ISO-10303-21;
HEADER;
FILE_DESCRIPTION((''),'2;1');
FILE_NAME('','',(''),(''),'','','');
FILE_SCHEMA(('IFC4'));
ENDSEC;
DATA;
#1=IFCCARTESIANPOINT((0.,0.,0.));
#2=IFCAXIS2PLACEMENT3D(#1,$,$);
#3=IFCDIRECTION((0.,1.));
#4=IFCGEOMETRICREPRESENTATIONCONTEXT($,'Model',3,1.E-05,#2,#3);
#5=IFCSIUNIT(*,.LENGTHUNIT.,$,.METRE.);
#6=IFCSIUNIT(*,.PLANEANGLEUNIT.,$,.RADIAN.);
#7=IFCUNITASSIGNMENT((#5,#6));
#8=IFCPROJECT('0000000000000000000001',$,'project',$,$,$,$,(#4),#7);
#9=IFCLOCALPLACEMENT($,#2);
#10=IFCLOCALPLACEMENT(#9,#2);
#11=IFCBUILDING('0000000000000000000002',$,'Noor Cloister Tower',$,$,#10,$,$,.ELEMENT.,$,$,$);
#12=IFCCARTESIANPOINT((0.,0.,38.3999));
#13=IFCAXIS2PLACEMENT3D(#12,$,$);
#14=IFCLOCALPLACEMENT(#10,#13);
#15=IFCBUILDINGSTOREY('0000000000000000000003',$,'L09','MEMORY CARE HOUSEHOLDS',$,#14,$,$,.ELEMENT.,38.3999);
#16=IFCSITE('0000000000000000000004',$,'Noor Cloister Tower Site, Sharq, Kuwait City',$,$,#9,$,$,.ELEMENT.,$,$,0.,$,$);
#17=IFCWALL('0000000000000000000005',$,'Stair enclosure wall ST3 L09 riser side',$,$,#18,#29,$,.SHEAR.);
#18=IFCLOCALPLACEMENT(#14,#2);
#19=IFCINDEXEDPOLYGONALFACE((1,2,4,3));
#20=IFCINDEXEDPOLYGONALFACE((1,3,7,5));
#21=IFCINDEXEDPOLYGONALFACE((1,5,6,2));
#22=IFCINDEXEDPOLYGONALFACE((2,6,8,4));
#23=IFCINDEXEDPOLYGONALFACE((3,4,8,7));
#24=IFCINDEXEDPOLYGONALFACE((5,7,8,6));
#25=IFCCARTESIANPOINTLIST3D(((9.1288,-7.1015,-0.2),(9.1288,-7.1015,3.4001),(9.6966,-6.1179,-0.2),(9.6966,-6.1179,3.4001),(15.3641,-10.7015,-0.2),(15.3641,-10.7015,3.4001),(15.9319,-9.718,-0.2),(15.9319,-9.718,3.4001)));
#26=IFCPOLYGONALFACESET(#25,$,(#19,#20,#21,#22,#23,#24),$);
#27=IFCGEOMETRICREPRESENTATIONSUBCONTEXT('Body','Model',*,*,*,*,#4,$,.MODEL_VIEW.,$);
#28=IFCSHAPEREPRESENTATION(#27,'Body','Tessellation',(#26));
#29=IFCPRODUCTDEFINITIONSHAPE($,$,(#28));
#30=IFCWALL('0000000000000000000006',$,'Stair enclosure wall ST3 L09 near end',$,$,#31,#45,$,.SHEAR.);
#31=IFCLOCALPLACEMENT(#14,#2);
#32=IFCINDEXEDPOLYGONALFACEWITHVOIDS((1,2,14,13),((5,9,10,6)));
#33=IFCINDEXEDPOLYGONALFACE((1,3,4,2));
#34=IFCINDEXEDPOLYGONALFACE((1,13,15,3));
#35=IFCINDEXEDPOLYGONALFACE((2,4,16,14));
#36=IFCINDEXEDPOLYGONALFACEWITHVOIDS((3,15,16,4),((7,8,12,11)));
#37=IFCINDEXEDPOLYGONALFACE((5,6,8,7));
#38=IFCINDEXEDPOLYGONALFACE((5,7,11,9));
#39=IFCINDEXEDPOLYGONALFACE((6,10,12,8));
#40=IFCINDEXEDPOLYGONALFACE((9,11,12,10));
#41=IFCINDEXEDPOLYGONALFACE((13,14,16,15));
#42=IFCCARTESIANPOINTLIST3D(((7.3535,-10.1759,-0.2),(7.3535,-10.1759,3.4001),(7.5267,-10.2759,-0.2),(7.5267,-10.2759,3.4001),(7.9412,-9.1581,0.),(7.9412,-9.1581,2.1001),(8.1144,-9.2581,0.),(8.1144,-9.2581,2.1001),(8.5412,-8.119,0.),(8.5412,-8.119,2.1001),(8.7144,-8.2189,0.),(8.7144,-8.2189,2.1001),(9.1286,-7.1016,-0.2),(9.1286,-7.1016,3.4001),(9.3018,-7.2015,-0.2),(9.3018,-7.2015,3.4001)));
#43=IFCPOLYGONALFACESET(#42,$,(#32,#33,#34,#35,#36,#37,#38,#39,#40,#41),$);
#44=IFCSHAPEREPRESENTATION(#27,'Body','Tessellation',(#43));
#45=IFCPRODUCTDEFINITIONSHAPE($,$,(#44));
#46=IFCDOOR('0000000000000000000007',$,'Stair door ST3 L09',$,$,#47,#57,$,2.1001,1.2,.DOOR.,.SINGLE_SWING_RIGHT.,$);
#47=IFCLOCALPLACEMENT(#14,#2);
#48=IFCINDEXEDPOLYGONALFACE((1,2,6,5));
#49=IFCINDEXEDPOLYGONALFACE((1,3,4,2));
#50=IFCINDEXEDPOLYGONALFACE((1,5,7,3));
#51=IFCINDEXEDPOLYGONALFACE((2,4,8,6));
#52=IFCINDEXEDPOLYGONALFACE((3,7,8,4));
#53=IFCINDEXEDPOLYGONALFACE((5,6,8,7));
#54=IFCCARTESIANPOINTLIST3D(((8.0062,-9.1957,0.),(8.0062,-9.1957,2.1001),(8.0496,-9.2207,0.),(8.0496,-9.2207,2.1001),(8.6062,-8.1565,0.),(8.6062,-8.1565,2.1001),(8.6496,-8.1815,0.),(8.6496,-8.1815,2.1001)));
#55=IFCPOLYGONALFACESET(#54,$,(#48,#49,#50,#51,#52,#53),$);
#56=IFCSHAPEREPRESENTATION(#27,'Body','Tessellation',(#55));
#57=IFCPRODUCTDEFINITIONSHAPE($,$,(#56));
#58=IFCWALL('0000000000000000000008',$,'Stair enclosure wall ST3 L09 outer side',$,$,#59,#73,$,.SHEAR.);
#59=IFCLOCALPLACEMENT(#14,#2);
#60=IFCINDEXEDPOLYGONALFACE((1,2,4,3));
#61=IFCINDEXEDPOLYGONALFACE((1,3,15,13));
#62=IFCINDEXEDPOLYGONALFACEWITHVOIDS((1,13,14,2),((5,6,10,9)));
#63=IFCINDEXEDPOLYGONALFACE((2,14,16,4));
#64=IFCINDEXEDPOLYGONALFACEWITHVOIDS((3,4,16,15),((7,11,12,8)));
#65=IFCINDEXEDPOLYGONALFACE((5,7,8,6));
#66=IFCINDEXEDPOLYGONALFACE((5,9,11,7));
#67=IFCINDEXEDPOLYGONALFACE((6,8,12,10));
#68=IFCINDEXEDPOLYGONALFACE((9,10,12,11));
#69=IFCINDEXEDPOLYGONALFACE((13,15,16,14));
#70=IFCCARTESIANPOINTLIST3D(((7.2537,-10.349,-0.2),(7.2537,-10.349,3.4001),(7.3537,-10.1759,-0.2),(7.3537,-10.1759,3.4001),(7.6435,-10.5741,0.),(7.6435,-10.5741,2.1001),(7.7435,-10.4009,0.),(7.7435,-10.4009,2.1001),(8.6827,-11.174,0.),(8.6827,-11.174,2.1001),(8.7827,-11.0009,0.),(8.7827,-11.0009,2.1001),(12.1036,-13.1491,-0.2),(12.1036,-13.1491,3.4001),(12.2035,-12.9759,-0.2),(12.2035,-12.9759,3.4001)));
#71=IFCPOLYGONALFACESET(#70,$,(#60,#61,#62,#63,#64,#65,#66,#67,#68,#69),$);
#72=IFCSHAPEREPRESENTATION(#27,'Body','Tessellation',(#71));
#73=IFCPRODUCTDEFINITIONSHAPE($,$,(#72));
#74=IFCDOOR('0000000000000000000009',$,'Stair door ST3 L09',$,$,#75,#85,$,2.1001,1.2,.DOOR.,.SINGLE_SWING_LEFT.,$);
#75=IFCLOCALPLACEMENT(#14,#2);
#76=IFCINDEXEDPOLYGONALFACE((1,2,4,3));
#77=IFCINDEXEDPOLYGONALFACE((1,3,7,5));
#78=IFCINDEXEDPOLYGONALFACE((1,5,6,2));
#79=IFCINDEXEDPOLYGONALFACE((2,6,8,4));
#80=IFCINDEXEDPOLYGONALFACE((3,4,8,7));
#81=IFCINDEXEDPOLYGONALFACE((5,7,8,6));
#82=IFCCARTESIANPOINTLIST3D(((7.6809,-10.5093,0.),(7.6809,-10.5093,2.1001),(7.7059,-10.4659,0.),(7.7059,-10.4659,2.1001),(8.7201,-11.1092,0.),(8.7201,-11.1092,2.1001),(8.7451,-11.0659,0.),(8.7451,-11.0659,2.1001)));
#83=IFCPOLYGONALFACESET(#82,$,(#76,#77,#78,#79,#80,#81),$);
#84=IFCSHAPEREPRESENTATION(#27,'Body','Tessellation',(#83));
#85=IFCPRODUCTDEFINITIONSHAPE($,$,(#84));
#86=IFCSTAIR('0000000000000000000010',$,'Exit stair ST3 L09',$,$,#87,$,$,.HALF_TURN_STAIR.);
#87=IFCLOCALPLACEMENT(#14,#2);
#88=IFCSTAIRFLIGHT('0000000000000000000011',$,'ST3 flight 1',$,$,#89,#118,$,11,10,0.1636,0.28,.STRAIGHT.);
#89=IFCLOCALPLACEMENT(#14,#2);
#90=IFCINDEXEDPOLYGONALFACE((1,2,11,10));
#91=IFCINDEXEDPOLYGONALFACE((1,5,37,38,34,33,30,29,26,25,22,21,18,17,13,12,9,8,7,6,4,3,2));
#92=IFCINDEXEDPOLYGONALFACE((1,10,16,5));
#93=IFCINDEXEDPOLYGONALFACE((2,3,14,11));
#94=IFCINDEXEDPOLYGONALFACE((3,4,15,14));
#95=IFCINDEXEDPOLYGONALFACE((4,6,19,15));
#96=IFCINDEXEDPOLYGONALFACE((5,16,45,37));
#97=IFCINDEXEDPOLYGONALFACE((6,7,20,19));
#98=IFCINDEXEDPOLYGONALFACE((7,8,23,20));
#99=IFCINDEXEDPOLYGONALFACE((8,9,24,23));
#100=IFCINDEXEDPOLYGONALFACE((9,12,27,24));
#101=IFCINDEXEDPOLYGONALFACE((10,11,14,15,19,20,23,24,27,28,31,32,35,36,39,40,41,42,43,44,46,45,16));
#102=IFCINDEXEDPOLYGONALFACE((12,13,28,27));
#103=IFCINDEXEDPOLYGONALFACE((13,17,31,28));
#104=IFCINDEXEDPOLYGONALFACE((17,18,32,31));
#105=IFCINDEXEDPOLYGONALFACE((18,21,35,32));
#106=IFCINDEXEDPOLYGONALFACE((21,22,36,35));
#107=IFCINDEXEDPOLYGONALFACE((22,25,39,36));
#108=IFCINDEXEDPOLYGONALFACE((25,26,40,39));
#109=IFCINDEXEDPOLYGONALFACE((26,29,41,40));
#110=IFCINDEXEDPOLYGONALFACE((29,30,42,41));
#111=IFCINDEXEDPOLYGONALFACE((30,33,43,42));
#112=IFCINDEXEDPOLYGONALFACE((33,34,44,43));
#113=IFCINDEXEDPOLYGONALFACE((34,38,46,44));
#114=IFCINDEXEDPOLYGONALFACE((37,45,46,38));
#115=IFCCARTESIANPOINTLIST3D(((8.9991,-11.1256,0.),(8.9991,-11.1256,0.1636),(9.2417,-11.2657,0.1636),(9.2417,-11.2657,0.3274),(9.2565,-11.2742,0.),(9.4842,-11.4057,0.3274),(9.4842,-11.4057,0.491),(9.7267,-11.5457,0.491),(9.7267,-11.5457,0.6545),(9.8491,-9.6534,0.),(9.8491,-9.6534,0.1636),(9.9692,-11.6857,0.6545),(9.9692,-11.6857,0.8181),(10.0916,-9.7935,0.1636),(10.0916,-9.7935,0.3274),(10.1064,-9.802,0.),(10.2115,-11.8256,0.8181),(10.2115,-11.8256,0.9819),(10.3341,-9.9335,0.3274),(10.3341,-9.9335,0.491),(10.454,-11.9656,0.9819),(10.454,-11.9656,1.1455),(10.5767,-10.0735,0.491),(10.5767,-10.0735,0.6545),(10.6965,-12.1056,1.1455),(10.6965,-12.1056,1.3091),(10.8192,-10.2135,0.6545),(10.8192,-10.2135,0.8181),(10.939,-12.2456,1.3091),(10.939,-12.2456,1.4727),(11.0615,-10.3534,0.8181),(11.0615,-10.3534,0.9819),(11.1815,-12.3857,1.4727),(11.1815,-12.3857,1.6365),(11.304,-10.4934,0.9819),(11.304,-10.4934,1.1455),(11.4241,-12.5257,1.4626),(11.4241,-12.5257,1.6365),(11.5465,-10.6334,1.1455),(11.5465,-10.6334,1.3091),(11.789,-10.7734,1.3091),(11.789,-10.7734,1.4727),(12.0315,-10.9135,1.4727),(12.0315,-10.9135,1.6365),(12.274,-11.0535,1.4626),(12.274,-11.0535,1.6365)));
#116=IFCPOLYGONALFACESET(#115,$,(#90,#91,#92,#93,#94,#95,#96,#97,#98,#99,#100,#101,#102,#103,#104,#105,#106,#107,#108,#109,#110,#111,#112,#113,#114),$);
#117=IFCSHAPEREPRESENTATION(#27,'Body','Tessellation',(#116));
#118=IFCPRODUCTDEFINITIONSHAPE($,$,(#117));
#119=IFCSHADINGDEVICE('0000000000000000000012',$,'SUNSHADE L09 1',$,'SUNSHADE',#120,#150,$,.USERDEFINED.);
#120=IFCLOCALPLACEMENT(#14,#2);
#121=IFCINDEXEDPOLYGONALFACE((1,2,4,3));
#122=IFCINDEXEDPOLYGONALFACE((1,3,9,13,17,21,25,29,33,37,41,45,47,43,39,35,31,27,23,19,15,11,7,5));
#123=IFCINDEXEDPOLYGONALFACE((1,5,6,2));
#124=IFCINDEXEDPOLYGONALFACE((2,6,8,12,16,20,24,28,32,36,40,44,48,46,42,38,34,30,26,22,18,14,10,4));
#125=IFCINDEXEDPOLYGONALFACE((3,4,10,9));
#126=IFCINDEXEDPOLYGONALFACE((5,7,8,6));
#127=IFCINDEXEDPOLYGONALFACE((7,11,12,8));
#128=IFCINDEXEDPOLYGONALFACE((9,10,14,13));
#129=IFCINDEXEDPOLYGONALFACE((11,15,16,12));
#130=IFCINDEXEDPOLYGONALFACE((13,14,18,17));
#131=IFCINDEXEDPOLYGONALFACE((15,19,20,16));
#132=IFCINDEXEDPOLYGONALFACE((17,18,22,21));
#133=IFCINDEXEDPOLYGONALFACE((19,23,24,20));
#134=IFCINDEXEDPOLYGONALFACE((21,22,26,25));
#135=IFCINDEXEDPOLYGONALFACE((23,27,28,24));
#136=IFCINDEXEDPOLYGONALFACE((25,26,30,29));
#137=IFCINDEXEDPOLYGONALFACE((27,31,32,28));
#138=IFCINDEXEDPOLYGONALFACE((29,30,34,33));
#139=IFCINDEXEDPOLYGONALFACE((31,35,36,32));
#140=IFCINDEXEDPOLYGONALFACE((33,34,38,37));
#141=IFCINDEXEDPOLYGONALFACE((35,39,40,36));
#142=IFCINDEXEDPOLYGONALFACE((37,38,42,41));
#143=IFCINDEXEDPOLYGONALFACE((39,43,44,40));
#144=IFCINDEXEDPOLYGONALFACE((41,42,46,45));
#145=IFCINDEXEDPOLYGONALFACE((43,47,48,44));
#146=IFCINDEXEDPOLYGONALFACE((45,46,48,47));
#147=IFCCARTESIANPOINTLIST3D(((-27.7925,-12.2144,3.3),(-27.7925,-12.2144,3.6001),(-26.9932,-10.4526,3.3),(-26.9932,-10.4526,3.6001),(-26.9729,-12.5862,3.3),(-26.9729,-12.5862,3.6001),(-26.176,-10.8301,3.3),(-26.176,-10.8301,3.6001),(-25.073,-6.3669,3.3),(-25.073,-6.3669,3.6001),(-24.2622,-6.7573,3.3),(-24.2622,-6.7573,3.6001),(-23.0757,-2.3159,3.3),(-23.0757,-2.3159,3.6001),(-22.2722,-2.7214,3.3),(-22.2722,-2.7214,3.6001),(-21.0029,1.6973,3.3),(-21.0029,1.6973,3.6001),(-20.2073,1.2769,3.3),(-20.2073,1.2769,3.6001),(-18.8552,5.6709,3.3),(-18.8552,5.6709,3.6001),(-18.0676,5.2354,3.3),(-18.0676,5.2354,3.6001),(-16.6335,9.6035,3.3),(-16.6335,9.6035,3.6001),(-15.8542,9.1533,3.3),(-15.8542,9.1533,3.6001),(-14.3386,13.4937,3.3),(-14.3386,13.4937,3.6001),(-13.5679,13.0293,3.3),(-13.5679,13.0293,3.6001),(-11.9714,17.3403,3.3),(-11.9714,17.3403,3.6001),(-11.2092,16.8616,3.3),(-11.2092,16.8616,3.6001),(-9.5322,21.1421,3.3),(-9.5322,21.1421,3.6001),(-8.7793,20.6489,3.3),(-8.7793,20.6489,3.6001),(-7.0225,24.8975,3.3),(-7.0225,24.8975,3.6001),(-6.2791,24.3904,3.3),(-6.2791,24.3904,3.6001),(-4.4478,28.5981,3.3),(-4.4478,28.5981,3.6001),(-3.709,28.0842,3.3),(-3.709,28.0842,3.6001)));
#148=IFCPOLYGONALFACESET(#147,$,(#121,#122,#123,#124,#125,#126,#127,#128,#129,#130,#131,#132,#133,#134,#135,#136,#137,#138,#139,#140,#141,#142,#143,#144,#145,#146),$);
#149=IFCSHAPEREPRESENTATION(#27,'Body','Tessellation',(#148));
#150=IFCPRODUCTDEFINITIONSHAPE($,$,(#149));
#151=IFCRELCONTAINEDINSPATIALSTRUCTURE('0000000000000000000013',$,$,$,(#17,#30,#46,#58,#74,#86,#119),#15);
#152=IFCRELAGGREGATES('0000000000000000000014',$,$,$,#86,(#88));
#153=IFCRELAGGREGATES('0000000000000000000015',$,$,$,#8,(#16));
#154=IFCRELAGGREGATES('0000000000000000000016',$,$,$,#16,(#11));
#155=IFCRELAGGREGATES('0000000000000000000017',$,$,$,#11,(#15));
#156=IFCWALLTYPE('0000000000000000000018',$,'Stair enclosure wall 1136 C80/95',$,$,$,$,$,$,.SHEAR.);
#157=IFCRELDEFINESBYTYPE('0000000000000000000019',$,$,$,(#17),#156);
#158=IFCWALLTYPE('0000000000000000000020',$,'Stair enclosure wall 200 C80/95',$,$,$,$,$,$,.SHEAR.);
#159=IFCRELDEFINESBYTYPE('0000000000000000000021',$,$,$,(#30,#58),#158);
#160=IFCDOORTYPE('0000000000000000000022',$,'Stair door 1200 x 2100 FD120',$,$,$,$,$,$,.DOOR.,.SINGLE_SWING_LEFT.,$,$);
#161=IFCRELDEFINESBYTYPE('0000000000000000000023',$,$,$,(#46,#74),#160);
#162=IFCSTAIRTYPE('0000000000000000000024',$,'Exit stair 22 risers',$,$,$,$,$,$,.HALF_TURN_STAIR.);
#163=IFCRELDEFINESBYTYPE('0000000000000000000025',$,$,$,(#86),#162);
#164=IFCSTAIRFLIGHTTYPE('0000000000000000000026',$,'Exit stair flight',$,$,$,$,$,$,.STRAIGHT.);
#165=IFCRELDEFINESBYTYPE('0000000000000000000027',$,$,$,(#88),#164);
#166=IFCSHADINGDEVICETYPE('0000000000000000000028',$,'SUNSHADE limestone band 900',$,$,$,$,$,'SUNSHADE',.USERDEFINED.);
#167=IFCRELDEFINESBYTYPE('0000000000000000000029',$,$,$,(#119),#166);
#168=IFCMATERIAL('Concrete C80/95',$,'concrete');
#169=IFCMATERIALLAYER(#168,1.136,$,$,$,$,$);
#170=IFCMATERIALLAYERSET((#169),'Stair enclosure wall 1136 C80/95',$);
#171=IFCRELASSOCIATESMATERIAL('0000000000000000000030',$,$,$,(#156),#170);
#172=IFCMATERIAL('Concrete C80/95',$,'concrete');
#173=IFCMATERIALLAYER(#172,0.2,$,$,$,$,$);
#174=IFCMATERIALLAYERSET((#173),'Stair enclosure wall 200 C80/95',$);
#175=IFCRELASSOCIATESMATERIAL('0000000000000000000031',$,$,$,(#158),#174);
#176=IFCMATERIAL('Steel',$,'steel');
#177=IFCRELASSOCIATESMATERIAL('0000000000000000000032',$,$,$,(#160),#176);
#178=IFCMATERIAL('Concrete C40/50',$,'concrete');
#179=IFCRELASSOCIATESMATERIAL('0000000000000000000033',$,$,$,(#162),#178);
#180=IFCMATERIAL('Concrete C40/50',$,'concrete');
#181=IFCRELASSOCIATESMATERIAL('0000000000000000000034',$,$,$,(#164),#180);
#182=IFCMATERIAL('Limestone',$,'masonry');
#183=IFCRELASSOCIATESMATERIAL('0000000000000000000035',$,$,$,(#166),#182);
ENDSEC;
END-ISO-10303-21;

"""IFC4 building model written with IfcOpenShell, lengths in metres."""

from ifc_helpers import new_model, si_unit, direction, frame, frame_2d, origin, place, context, subcontext, project, spatial, polyline, rectangle, outline, extrude, material, layer, layer_set, type_object, element, fill, aggregate, save


model = new_model("IFC4")

# Units and contexts
model_context = context("Model", 3, precision=1e-05, world=origin(), true_north=direction((0.0, 1.0)))
body_context = subcontext(model_context, "Body", "Model", "MODEL_VIEW")
ifc_project = project(units=[si_unit("LENGTHUNIT", "METRE"), si_unit("PLANEANGLEUNIT", "RADIAN")], contexts=[model_context])

# Site, building, storey
site_placement = place(None, origin())
site = spatial("IfcSite", under=ifc_project, at=site_placement, Name="Noor Cloister Tower Site, Sharq, Kuwait City", CompositionType="ELEMENT", RefElevation=0.0)
building_placement = place(site_placement, origin())
building = spatial("IfcBuilding", under=site, at=building_placement, Name="Noor Cloister Tower", CompositionType="ELEMENT")
storey_placement = place(building_placement, frame((0.0, 0.0, 38.3999)))
storey = spatial("IfcBuildingStorey", under=building, at=storey_placement, Name="L09", Description="MEMORY CARE HOUSEHOLDS", CompositionType="ELEMENT", Elevation=38.3999)

# Wall
ifc_material_1 = material(Name="Concrete C80/95", Category="concrete")
ifc_layer_1 = layer(ifc_material_1, 1.136)
ifc_layer_set_1 = layer_set([ifc_layer_1], Name="Stair enclosure wall 1136 C80/95")
wall_type_1 = type_object("IfcWallType", Name="Stair enclosure wall 1136 C80/95", PredefinedType="SHEAR", material=ifc_layer_set_1)
wall_1_placement = place(storey_placement, frame((9.4126, -6.6096, -0.2), z_axis=(0.0, 0.0, 1.0), x_axis=(0.866018, -0.500012, 0.0)))
element("IfcWall", 1, at=wall_1_placement, inside=storey, type_object=wall_type_1, Name="Stair enclosure wall ST3 L09 riser side", PredefinedType="SHEAR", context=body_context, shape_type="SweptSolid", body=[
    extrude(rectangle(XDim=7.2, YDim=1.1357, at=frame_2d((3.6001, 0.0))), origin(), (0.0, 0.0, 1.0), 3.6001),
])

# Walls, openings, doors
ifc_material_2 = material(Name="Concrete C80/95", Category="concrete")
ifc_layer_2 = layer(ifc_material_2, 0.2)
ifc_layer_set_2 = layer_set([ifc_layer_2], Name="Stair enclosure wall 200 C80/95")
wall_type_2 = type_object("IfcWallType", Name="Stair enclosure wall 200 C80/95", PredefinedType="SHEAR", material=ifc_layer_set_2)
wall_2_placement = place(storey_placement, frame((7.4402, -10.2258, -0.2), z_axis=(0.0, 0.0, 1.0), x_axis=(0.500022, 0.866013, 0.0)))
wall_2 = element("IfcWall", 2, at=wall_2_placement, inside=storey, type_object=wall_type_2, Name="Stair enclosure wall ST3 L09 near end", PredefinedType="SHEAR", context=body_context, shape_type="SweptSolid", body=[
    extrude(rectangle(XDim=3.55, YDim=0.2, at=frame_2d((1.7749, 0.0))), origin(), (0.0, 0.0, 1.0), 3.6001),
])
opening_1_placement = place(wall_2_placement, frame((1.175, 0.0, 0.2)))
opening_1 = element("IfcOpeningElement", 3, at=opening_1_placement, cuts=wall_2, PredefinedType="OPENING", context=body_context, shape_type="SweptSolid", body=[
    extrude(rectangle(XDim=1.2, YDim=2.1001, at=frame_2d((0.6001, 1.05))), frame((0.0, 0.1099, 0.0), z_axis=(0.0, -1.0, 0.0), x_axis=(1.0, 0.0, 0.0)), (0.0, 0.0, 1.0), 0.22),
])
ifc_material_3 = material(Name="Steel", Category="steel")
door_type_1 = type_object("IfcDoorType", Name="Stair door 1200 x 2100 FD120", OperationType="SINGLE_SWING_LEFT", PredefinedType="DOOR", material=ifc_material_3)
door_1_placement = place(opening_1_placement, origin())
door_1 = element("IfcDoor", 4, at=door_1_placement, inside=storey, type_object=door_type_1, Name="Stair door ST3 L09", OperationType="SINGLE_SWING_RIGHT", OverallHeight=2.1001, OverallWidth=1.2, PredefinedType="DOOR", context=body_context, shape_type="SweptSolid", body=[
    extrude(rectangle(XDim=1.2, YDim=2.1001, at=frame_2d((0.6001, 1.05))), frame((0.0, 0.0249, 0.0), z_axis=(0.0, -1.0, 0.0), x_axis=(1.0, 0.0, 0.0)), (0.0, 0.0, 1.0), 0.05),
])
fill(opening_1, door_1)
wall_3_placement = place(storey_placement, frame((7.3037, -10.2625, -0.2), z_axis=(0.0, 0.0, 1.0), x_axis=(0.866027, -0.499998, 0.0)))
wall_3 = element("IfcWall", 5, at=wall_3_placement, inside=storey, type_object=wall_type_2, Name="Stair enclosure wall ST3 L09 outer side", PredefinedType="SHEAR", context=body_context, shape_type="SweptSolid", body=[
    extrude(rectangle(XDim=5.6001, YDim=0.2, at=frame_2d((2.8, 0.0))), origin(), (0.0, 0.0, 1.0), 3.6001),
])
opening_2_placement = place(wall_3_placement, frame((0.45, 0.0, 0.2)))
opening_2 = element("IfcOpeningElement", 6, at=opening_2_placement, cuts=wall_3, PredefinedType="OPENING", context=body_context, shape_type="SweptSolid", body=[
    extrude(rectangle(XDim=1.2, YDim=2.1001, at=frame_2d((0.6001, 1.05))), frame((0.0, 0.1099, 0.0), z_axis=(0.0, -1.0, 0.0), x_axis=(1.0, 0.0, 0.0)), (0.0, 0.0, 1.0), 0.22),
])
door_2_placement = place(opening_2_placement, origin())
door_2 = element("IfcDoor", 7, at=door_2_placement, inside=storey, type_object=door_type_1, Name="Stair door ST3 L09", OperationType="SINGLE_SWING_LEFT", OverallHeight=2.1001, OverallWidth=1.2, PredefinedType="DOOR", context=body_context, shape_type="SweptSolid", body=[
    extrude(rectangle(XDim=1.2, YDim=2.1001, at=frame_2d((0.6001, 1.05))), frame((0.0, 0.0249, 0.0), z_axis=(0.0, -1.0, 0.0), x_axis=(1.0, 0.0, 0.0)), (0.0, 0.0, 1.0), 0.05),
])
fill(opening_2, door_2)

# Stair, stair flight
ifc_material_4 = material(Name="Concrete C40/50", Category="concrete")
stair_type = type_object("IfcStairType", Name="Exit stair 22 risers", PredefinedType="HALF_TURN_STAIR", material=ifc_material_4)
stair_placement = place(storey_placement, origin())
stair = element("IfcStair", 8, at=stair_placement, inside=storey, type_object=stair_type, Name="Exit stair ST3 L09", PredefinedType="HALF_TURN_STAIR")
ifc_material_5 = material(Name="Concrete C40/50", Category="concrete")
stair_flight_type = type_object("IfcStairFlightType", Name="Exit stair flight", PredefinedType="STRAIGHT", material=ifc_material_5)
stair_flight_placement = place(storey_placement, frame((9.4241, -10.3896, 0.0), z_axis=(0.0, 0.0, 1.0), x_axis=(0.866025, -0.5, 0.0)))
stair_flight = element("IfcStairFlight", 9, at=stair_flight_placement, type_object=stair_flight_type, Name="ST3 flight 1", NumberOfRisers=11, NumberOfTreads=10, PredefinedType="STRAIGHT", RiserHeight=0.1636, TreadLength=0.28, context=body_context, shape_type="SweptSolid", body=[
    extrude(outline(polyline([(0.0, 0.0), (0.0, 0.1636), (0.28, 0.1636), (0.28, 0.3274), (0.5601, 0.3274), (0.5601, 0.491), (0.8401, 0.491), (0.8401, 0.6545), (1.1201, 0.6545), (1.1201, 0.8181), (1.3999, 0.8181), (1.3999, 0.9819), (1.6799, 0.9819), (1.6799, 1.1455), (1.96, 1.1455), (1.96, 1.3091), (2.24, 1.3091), (2.24, 1.4727), (2.52, 1.4727), (2.52, 1.6365), (2.8, 1.6365), (2.8, 1.8), (2.8, 1.4626), (0.2971, 0.0), (0.0, 0.0)])), frame((0.0, 0.8501, 0.0), z_axis=(0.0, -1.0, 0.0), x_axis=(1.0, 0.0, 0.0)), (0.0, 0.0, 1.0), 1.7),
])
aggregate(stair, [stair_flight])

# Shading device
ifc_material_6 = material(Name="Limestone", Category="masonry")
shading_device_type = type_object("IfcShadingDeviceType", Name="SUNSHADE limestone band 900", ElementType="SUNSHADE", PredefinedType="USERDEFINED", material=ifc_material_6)
shading_device_placement = place(storey_placement, frame((0.0, 0.0, 3.3)))
element("IfcShadingDevice", 10, at=shading_device_placement, inside=storey, type_object=shading_device_type, Name="SUNSHADE L09 1", ObjectType="SUNSHADE", PredefinedType="USERDEFINED", context=body_context, shape_type="SweptSolid", body=[
    extrude(outline(polyline([(-4.4478, 28.5981), (-7.0225, 24.8975), (-9.5322, 21.1421), (-11.9714, 17.3403), (-14.3386, 13.4937), (-16.6335, 9.6035), (-18.8552, 5.6709), (-21.0029, 1.6973), (-23.0757, -2.3159), (-25.073, -6.3669), (-26.9932, -10.4526), (-27.7925, -12.2144), (-26.9729, -12.5862), (-26.176, -10.8301), (-24.2622, -6.7573), (-22.2722, -2.7214), (-20.2073, 1.2769), (-18.0676, 5.2354), (-15.8542, 9.1533), (-13.5679, 13.0293), (-11.2092, 16.8616), (-8.7793, 20.6489), (-6.2791, 24.3904), (-3.709, 28.0842), (-4.4478, 28.5981)])), origin(), (0.0, 0.0, 1.0), 0.3),
])

save(model, "model.ifc")
